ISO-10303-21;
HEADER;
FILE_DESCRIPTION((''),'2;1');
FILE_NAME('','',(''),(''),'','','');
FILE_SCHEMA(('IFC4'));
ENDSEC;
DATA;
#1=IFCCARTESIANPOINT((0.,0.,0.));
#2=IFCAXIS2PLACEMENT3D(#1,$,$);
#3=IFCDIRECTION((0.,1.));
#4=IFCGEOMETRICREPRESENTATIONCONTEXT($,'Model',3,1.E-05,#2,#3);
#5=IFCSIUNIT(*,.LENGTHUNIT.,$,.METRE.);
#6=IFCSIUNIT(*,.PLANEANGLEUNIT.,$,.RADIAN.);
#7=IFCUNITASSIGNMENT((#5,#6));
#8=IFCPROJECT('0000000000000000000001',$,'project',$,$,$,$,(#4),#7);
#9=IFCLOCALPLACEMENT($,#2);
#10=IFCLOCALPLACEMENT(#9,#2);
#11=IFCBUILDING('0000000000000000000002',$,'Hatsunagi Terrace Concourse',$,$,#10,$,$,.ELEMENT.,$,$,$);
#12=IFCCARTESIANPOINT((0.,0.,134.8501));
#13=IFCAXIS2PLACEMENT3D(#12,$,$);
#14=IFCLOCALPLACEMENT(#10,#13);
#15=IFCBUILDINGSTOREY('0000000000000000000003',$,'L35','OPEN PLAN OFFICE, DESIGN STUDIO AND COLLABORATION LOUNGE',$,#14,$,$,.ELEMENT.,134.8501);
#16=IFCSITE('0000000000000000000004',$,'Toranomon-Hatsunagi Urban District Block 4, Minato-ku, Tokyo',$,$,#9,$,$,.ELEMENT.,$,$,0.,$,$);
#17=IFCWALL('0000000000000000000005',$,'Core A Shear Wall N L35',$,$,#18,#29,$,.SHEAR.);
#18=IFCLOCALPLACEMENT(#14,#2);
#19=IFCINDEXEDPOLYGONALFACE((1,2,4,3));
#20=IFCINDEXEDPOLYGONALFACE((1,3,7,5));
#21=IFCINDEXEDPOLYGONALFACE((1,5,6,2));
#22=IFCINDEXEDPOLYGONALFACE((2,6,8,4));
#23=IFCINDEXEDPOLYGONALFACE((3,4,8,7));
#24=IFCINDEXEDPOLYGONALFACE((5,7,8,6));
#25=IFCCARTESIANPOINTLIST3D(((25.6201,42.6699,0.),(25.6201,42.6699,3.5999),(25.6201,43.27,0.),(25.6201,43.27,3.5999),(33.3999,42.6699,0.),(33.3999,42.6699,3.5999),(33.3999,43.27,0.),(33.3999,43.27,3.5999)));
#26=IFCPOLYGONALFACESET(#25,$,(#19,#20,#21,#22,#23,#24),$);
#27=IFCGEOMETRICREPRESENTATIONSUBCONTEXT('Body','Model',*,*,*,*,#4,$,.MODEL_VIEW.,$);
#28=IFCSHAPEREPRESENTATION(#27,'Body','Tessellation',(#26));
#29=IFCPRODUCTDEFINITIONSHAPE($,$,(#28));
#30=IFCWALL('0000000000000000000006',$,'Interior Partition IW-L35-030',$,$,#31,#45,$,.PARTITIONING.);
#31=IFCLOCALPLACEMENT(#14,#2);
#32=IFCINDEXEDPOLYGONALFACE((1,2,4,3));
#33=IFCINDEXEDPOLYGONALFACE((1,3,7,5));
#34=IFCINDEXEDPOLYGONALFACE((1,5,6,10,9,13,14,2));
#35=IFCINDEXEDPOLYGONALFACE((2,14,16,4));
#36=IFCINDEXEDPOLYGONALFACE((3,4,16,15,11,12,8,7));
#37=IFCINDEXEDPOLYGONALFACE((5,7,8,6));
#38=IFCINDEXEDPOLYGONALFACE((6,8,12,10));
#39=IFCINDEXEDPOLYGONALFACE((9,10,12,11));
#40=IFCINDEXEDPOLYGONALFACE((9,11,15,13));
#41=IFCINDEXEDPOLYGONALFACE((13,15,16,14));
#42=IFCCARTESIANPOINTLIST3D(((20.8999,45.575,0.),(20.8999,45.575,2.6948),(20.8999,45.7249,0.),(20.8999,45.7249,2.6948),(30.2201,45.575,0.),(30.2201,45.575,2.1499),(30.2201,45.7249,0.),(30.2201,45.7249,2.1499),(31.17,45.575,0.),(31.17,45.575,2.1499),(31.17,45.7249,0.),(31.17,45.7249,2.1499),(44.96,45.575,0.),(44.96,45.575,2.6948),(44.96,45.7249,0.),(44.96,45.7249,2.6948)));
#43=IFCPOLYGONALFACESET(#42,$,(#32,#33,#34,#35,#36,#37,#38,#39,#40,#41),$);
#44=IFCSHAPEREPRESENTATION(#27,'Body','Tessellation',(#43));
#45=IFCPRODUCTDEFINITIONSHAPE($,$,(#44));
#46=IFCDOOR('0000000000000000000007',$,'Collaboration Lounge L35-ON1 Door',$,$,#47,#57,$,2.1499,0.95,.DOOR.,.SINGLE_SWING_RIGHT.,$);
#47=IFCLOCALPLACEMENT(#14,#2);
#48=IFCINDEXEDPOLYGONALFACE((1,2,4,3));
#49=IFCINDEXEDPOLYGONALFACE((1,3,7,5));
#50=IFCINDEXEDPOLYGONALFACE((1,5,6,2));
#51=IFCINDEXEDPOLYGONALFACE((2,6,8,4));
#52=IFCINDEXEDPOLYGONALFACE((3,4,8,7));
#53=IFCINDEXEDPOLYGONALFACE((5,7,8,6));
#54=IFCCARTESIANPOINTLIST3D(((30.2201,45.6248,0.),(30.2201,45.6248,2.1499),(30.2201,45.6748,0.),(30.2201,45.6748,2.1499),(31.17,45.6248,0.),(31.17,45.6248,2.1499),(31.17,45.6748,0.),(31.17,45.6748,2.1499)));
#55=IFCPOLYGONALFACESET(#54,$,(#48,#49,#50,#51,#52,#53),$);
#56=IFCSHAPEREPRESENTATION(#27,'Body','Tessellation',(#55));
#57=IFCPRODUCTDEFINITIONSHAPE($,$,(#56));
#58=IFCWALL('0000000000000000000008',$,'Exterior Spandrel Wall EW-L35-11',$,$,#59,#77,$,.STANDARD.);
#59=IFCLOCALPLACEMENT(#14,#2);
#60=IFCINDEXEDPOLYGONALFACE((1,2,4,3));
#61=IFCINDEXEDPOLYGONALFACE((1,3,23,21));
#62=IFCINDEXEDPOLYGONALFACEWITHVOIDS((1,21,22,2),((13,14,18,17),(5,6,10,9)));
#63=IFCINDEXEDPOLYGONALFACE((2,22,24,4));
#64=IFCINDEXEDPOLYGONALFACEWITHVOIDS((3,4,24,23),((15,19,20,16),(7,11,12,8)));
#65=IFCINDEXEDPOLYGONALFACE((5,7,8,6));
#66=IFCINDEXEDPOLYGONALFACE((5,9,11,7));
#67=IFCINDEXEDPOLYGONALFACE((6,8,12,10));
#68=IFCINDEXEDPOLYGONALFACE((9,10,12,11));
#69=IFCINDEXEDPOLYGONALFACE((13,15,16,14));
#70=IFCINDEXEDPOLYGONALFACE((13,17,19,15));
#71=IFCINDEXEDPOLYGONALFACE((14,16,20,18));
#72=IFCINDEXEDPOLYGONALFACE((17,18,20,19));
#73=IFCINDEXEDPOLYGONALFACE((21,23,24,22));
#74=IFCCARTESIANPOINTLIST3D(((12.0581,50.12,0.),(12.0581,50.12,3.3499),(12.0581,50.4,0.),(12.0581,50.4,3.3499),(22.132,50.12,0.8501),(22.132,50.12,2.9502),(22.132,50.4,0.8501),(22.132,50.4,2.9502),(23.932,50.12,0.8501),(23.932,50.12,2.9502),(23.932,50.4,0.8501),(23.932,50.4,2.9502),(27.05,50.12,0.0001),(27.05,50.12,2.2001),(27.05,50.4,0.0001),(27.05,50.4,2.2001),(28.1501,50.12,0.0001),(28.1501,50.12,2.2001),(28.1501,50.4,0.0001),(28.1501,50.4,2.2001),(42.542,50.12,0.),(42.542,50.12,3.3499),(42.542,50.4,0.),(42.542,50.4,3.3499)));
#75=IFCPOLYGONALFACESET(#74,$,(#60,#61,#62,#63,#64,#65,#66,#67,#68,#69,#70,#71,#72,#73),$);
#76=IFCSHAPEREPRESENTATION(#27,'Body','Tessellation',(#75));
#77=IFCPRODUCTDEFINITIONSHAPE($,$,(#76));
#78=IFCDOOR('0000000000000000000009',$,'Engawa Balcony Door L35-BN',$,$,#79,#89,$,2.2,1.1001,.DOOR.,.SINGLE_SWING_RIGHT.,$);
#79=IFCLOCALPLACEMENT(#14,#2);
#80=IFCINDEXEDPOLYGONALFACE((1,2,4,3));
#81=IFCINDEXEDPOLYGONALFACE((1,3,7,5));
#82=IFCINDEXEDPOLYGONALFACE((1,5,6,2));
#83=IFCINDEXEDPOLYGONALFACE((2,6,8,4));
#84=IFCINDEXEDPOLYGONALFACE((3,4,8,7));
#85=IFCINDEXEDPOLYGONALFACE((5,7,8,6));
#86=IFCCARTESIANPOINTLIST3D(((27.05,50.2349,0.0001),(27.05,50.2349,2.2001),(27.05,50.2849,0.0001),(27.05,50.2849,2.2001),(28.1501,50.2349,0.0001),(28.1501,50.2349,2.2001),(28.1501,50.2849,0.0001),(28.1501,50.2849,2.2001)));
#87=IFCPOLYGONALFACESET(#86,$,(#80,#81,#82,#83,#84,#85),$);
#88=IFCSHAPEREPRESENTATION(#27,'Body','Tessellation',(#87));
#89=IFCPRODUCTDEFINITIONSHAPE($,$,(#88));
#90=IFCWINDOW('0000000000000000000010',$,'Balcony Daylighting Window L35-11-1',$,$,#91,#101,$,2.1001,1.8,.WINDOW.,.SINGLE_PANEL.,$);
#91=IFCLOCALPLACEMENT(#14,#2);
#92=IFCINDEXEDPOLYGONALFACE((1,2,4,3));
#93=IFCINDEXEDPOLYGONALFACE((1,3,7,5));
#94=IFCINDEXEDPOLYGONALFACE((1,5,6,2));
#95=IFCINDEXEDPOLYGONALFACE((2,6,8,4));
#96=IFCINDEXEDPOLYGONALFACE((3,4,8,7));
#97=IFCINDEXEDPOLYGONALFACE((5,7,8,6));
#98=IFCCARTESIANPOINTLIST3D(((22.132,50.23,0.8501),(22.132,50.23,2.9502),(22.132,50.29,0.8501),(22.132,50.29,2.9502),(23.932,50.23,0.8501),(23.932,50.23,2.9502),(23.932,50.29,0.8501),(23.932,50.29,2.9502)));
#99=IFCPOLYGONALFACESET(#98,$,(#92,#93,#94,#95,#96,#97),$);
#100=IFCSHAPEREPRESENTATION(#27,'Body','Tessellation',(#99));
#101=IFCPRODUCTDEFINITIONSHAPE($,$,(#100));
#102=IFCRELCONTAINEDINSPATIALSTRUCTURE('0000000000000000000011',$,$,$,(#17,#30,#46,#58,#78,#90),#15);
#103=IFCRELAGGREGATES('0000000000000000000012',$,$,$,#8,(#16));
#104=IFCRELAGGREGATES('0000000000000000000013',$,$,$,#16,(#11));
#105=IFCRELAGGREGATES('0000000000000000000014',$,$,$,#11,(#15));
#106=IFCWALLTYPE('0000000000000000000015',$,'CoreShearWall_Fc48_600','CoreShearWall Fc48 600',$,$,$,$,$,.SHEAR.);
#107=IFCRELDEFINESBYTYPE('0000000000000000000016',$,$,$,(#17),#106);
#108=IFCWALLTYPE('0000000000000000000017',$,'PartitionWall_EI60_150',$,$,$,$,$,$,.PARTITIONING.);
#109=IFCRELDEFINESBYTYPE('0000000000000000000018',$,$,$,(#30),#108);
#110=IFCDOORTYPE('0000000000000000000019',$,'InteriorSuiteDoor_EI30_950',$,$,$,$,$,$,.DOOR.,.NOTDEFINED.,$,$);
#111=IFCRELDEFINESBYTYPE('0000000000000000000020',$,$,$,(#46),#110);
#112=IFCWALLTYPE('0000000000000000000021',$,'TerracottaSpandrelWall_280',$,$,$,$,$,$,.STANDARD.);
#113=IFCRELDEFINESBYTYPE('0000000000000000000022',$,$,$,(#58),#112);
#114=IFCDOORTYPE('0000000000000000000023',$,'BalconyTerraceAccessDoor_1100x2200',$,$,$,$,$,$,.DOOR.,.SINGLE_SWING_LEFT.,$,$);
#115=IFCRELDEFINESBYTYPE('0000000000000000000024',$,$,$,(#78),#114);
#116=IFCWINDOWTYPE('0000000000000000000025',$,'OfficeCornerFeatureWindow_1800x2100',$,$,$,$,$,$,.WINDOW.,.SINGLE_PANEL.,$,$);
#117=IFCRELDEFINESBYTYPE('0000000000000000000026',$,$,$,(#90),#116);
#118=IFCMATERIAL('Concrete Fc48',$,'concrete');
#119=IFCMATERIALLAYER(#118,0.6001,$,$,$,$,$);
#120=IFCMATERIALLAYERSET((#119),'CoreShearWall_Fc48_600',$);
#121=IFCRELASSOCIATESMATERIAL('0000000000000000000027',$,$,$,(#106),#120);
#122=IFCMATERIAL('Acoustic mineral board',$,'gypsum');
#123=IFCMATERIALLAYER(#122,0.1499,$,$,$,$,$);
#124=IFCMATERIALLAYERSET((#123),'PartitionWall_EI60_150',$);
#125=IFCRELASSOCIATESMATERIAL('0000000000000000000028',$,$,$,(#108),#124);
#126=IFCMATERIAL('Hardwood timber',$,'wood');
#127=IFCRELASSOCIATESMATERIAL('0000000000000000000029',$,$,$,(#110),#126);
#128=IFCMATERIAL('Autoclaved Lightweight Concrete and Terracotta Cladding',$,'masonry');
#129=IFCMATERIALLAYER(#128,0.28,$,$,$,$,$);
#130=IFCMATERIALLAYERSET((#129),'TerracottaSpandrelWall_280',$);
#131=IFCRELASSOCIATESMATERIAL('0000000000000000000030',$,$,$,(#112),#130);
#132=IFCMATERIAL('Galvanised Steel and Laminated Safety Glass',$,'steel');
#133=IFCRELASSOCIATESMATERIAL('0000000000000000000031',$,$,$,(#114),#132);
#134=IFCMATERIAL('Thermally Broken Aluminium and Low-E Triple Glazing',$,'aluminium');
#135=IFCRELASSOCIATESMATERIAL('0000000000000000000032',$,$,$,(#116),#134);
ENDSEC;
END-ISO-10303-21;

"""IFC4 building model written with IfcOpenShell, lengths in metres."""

from ifc_helpers import new_model, si_unit, direction, frame, frame_2d, origin, place, context, subcontext, project, spatial, rectangle, extrude, material, layer, layer_set, type_object, element, fill, save


model = new_model("IFC4")

# Units and contexts
model_context = context("Model", 3, precision=1e-05, world=origin(), true_north=direction((0.0, 1.0)))
body_context = subcontext(model_context, "Body", "Model", "MODEL_VIEW")
ifc_project = project(units=[si_unit("LENGTHUNIT", "METRE"), si_unit("PLANEANGLEUNIT", "RADIAN")], contexts=[model_context])

# Site, building, storey
site_placement = place(None, origin())
site = spatial("IfcSite", under=ifc_project, at=site_placement, Name="Toranomon-Hatsunagi Urban District Block 4, Minato-ku, Tokyo", CompositionType="ELEMENT", RefElevation=0.0)
building_placement = place(site_placement, origin())
building = spatial("IfcBuilding", under=site, at=building_placement, Name="Hatsunagi Terrace Concourse", CompositionType="ELEMENT")
storey_placement = place(building_placement, frame((0.0, 0.0, 134.8501)))
storey = spatial("IfcBuildingStorey", under=building, at=storey_placement, Name="L35", Description="OPEN PLAN OFFICE, DESIGN STUDIO AND COLLABORATION LOUNGE", CompositionType="ELEMENT", Elevation=134.8501)

# Wall
ifc_material_1 = material(Name="Concrete Fc48", Category="concrete")
ifc_layer_1 = layer(ifc_material_1, 0.6001)
ifc_layer_set_1 = layer_set([ifc_layer_1], Name="CoreShearWall_Fc48_600")
wall_type_1 = type_object("IfcWallType", Name="CoreShearWall_Fc48_600", Description="CoreShearWall Fc48 600", PredefinedType="SHEAR", material=ifc_layer_set_1)
wall_1_placement = place(storey_placement, frame((25.6201, 42.97, 0.0), z_axis=(0.0, 0.0, 1.0), x_axis=(1.0, 0.0, 0.0)))
element("IfcWall", 1, at=wall_1_placement, inside=storey, type_object=wall_type_1, Name="Core A Shear Wall N L35", PredefinedType="SHEAR", context=body_context, shape_type="SweptSolid", body=[
    extrude(rectangle(XDim=7.7798, YDim=0.6001, at=frame_2d((3.8899, 0.0))), origin(), (0.0, 0.0, 1.0), 3.5999),
])

# Wall, opening, door
ifc_material_2 = material(Name="Acoustic mineral board", Category="gypsum")
ifc_layer_2 = layer(ifc_material_2, 0.1499)
ifc_layer_set_2 = layer_set([ifc_layer_2], Name="PartitionWall_EI60_150")
wall_type_2 = type_object("IfcWallType", Name="PartitionWall_EI60_150", PredefinedType="PARTITIONING", material=ifc_layer_set_2)
wall_2_placement = place(storey_placement, frame((20.8999, 45.6499, 0.0), z_axis=(0.0, 0.0, 1.0), x_axis=(1.0, 0.0, 0.0)))
wall_2 = element("IfcWall", 2, at=wall_2_placement, inside=storey, type_object=wall_type_2, Name="Interior Partition IW-L35-030", PredefinedType="PARTITIONING", context=body_context, shape_type="SweptSolid", body=[
    extrude(rectangle(XDim=24.0601, YDim=0.1499, at=frame_2d((12.03, 0.0))), origin(), (0.0, 0.0, 1.0), 2.6948),
])
opening_1_placement = place(wall_2_placement, frame((9.3201, 0.0, 0.0)))
opening_1 = element("IfcOpeningElement", 3, at=opening_1_placement, cuts=wall_2, PredefinedType="OPENING", context=body_context, shape_type="SweptSolid", body=[
    extrude(rectangle(XDim=0.95, YDim=2.1499, at=frame_2d((0.4751, 1.075))), frame((0.0, 0.085, 0.0), z_axis=(0.0, -1.0, 0.0), x_axis=(1.0, 0.0, 0.0)), (0.0, 0.0, 1.0), 0.1699),
])
ifc_material_3 = material(Name="Hardwood timber", Category="wood")
door_type_1 = type_object("IfcDoorType", Name="InteriorSuiteDoor_EI30_950", OperationType="NOTDEFINED", PredefinedType="DOOR", material=ifc_material_3)
door_1_placement = place(opening_1_placement, origin())
door_1 = element("IfcDoor", 4, at=door_1_placement, inside=storey, type_object=door_type_1, Name="Collaboration Lounge L35-ON1 Door", OperationType="SINGLE_SWING_RIGHT", OverallHeight=2.1499, OverallWidth=0.95, PredefinedType="DOOR", context=body_context, shape_type="SweptSolid", body=[
    extrude(rectangle(XDim=0.95, YDim=2.1499, at=frame_2d((0.4751, 1.075))), frame((0.0, 0.0249, 0.0), z_axis=(0.0, -1.0, 0.0), x_axis=(1.0, 0.0, 0.0)), (0.0, 0.0, 1.0), 0.05),
])
fill(opening_1, door_1)

# Wall, openings, door, window
ifc_material_4 = material(Name="Autoclaved Lightweight Concrete and Terracotta Cladding", Category="masonry")
ifc_layer_3 = layer(ifc_material_4, 0.28)
ifc_layer_set_3 = layer_set([ifc_layer_3], Name="TerracottaSpandrelWall_280")
wall_type_3 = type_object("IfcWallType", Name="TerracottaSpandrelWall_280", PredefinedType="STANDARD", material=ifc_layer_set_3)
wall_3_placement = place(storey_placement, frame((12.0581, 50.26, 0.0), z_axis=(0.0, 0.0, 1.0), x_axis=(1.0, 0.0, 0.0)))
wall_3 = element("IfcWall", 5, at=wall_3_placement, inside=storey, type_object=wall_type_3, Name="Exterior Spandrel Wall EW-L35-11", PredefinedType="STANDARD", context=body_context, shape_type="SweptSolid", body=[
    extrude(rectangle(XDim=30.4839, YDim=0.28, at=frame_2d((15.2419, 0.0))), origin(), (0.0, 0.0, 1.0), 3.3499),
])
opening_2_placement = place(wall_3_placement, frame((14.9919, 0.0, 0.0)))
opening_2 = element("IfcOpeningElement", 6, at=opening_2_placement, cuts=wall_3, PredefinedType="OPENING", context=body_context, shape_type="SweptSolid", body=[
    extrude(rectangle(XDim=1.1001, YDim=2.2, at=frame_2d((0.55, 1.1001))), frame((0.0, 0.1499, 0.0), z_axis=(0.0, -1.0, 0.0), x_axis=(1.0, 0.0, 0.0)), (0.0, 0.0, 1.0), 0.3),
])
opening_3_placement = place(wall_3_placement, frame((10.074, 0.0, 0.8501)))
opening_3 = element("IfcOpeningElement", 7, at=opening_3_placement, cuts=wall_3, PredefinedType="OPENING", context=body_context, shape_type="SweptSolid", body=[
    extrude(rectangle(XDim=1.8, YDim=2.1001, at=frame_2d((0.8999, 1.05))), frame((0.0, 0.1499, 0.0), z_axis=(0.0, -1.0, 0.0), x_axis=(1.0, 0.0, 0.0)), (0.0, 0.0, 1.0), 0.3),
])
ifc_material_5 = material(Name="Galvanised Steel and Laminated Safety Glass", Category="steel")
door_type_2 = type_object("IfcDoorType", Name="BalconyTerraceAccessDoor_1100x2200", OperationType="SINGLE_SWING_LEFT", PredefinedType="DOOR", material=ifc_material_5)
door_2_placement = place(opening_2_placement, origin())
door_2 = element("IfcDoor", 8, at=door_2_placement, inside=storey, type_object=door_type_2, Name="Engawa Balcony Door L35-BN", OperationType="SINGLE_SWING_RIGHT", OverallHeight=2.2, OverallWidth=1.1001, PredefinedType="DOOR", context=body_context, shape_type="SweptSolid", body=[
    extrude(rectangle(XDim=1.1001, YDim=2.2, at=frame_2d((0.55, 1.1001))), frame((0.0, 0.0249, 0.0), z_axis=(0.0, -1.0, 0.0), x_axis=(1.0, 0.0, 0.0)), (0.0, 0.0, 1.0), 0.05),
])
fill(opening_2, door_2)
ifc_material_6 = material(Name="Thermally Broken Aluminium and Low-E Triple Glazing", Category="aluminium")
window_type = type_object("IfcWindowType", Name="OfficeCornerFeatureWindow_1800x2100", PartitioningType="SINGLE_PANEL", PredefinedType="WINDOW", material=ifc_material_6)
window_placement = place(opening_3_placement, origin())
window = element("IfcWindow", 9, at=window_placement, inside=storey, type_object=window_type, Name="Balcony Daylighting Window L35-11-1", OverallHeight=2.1001, OverallWidth=1.8, PartitioningType="SINGLE_PANEL", PredefinedType="WINDOW", context=body_context, shape_type="SweptSolid", body=[
    extrude(rectangle(XDim=1.8, YDim=2.1001, at=frame_2d((0.8999, 1.05))), frame((0.0, 0.03, 0.0), z_axis=(0.0, -1.0, 0.0), x_axis=(1.0, 0.0, 0.0)), (0.0, 0.0, 1.0), 0.0601),
])
fill(opening_3, window)

save(model, "model.ifc")
